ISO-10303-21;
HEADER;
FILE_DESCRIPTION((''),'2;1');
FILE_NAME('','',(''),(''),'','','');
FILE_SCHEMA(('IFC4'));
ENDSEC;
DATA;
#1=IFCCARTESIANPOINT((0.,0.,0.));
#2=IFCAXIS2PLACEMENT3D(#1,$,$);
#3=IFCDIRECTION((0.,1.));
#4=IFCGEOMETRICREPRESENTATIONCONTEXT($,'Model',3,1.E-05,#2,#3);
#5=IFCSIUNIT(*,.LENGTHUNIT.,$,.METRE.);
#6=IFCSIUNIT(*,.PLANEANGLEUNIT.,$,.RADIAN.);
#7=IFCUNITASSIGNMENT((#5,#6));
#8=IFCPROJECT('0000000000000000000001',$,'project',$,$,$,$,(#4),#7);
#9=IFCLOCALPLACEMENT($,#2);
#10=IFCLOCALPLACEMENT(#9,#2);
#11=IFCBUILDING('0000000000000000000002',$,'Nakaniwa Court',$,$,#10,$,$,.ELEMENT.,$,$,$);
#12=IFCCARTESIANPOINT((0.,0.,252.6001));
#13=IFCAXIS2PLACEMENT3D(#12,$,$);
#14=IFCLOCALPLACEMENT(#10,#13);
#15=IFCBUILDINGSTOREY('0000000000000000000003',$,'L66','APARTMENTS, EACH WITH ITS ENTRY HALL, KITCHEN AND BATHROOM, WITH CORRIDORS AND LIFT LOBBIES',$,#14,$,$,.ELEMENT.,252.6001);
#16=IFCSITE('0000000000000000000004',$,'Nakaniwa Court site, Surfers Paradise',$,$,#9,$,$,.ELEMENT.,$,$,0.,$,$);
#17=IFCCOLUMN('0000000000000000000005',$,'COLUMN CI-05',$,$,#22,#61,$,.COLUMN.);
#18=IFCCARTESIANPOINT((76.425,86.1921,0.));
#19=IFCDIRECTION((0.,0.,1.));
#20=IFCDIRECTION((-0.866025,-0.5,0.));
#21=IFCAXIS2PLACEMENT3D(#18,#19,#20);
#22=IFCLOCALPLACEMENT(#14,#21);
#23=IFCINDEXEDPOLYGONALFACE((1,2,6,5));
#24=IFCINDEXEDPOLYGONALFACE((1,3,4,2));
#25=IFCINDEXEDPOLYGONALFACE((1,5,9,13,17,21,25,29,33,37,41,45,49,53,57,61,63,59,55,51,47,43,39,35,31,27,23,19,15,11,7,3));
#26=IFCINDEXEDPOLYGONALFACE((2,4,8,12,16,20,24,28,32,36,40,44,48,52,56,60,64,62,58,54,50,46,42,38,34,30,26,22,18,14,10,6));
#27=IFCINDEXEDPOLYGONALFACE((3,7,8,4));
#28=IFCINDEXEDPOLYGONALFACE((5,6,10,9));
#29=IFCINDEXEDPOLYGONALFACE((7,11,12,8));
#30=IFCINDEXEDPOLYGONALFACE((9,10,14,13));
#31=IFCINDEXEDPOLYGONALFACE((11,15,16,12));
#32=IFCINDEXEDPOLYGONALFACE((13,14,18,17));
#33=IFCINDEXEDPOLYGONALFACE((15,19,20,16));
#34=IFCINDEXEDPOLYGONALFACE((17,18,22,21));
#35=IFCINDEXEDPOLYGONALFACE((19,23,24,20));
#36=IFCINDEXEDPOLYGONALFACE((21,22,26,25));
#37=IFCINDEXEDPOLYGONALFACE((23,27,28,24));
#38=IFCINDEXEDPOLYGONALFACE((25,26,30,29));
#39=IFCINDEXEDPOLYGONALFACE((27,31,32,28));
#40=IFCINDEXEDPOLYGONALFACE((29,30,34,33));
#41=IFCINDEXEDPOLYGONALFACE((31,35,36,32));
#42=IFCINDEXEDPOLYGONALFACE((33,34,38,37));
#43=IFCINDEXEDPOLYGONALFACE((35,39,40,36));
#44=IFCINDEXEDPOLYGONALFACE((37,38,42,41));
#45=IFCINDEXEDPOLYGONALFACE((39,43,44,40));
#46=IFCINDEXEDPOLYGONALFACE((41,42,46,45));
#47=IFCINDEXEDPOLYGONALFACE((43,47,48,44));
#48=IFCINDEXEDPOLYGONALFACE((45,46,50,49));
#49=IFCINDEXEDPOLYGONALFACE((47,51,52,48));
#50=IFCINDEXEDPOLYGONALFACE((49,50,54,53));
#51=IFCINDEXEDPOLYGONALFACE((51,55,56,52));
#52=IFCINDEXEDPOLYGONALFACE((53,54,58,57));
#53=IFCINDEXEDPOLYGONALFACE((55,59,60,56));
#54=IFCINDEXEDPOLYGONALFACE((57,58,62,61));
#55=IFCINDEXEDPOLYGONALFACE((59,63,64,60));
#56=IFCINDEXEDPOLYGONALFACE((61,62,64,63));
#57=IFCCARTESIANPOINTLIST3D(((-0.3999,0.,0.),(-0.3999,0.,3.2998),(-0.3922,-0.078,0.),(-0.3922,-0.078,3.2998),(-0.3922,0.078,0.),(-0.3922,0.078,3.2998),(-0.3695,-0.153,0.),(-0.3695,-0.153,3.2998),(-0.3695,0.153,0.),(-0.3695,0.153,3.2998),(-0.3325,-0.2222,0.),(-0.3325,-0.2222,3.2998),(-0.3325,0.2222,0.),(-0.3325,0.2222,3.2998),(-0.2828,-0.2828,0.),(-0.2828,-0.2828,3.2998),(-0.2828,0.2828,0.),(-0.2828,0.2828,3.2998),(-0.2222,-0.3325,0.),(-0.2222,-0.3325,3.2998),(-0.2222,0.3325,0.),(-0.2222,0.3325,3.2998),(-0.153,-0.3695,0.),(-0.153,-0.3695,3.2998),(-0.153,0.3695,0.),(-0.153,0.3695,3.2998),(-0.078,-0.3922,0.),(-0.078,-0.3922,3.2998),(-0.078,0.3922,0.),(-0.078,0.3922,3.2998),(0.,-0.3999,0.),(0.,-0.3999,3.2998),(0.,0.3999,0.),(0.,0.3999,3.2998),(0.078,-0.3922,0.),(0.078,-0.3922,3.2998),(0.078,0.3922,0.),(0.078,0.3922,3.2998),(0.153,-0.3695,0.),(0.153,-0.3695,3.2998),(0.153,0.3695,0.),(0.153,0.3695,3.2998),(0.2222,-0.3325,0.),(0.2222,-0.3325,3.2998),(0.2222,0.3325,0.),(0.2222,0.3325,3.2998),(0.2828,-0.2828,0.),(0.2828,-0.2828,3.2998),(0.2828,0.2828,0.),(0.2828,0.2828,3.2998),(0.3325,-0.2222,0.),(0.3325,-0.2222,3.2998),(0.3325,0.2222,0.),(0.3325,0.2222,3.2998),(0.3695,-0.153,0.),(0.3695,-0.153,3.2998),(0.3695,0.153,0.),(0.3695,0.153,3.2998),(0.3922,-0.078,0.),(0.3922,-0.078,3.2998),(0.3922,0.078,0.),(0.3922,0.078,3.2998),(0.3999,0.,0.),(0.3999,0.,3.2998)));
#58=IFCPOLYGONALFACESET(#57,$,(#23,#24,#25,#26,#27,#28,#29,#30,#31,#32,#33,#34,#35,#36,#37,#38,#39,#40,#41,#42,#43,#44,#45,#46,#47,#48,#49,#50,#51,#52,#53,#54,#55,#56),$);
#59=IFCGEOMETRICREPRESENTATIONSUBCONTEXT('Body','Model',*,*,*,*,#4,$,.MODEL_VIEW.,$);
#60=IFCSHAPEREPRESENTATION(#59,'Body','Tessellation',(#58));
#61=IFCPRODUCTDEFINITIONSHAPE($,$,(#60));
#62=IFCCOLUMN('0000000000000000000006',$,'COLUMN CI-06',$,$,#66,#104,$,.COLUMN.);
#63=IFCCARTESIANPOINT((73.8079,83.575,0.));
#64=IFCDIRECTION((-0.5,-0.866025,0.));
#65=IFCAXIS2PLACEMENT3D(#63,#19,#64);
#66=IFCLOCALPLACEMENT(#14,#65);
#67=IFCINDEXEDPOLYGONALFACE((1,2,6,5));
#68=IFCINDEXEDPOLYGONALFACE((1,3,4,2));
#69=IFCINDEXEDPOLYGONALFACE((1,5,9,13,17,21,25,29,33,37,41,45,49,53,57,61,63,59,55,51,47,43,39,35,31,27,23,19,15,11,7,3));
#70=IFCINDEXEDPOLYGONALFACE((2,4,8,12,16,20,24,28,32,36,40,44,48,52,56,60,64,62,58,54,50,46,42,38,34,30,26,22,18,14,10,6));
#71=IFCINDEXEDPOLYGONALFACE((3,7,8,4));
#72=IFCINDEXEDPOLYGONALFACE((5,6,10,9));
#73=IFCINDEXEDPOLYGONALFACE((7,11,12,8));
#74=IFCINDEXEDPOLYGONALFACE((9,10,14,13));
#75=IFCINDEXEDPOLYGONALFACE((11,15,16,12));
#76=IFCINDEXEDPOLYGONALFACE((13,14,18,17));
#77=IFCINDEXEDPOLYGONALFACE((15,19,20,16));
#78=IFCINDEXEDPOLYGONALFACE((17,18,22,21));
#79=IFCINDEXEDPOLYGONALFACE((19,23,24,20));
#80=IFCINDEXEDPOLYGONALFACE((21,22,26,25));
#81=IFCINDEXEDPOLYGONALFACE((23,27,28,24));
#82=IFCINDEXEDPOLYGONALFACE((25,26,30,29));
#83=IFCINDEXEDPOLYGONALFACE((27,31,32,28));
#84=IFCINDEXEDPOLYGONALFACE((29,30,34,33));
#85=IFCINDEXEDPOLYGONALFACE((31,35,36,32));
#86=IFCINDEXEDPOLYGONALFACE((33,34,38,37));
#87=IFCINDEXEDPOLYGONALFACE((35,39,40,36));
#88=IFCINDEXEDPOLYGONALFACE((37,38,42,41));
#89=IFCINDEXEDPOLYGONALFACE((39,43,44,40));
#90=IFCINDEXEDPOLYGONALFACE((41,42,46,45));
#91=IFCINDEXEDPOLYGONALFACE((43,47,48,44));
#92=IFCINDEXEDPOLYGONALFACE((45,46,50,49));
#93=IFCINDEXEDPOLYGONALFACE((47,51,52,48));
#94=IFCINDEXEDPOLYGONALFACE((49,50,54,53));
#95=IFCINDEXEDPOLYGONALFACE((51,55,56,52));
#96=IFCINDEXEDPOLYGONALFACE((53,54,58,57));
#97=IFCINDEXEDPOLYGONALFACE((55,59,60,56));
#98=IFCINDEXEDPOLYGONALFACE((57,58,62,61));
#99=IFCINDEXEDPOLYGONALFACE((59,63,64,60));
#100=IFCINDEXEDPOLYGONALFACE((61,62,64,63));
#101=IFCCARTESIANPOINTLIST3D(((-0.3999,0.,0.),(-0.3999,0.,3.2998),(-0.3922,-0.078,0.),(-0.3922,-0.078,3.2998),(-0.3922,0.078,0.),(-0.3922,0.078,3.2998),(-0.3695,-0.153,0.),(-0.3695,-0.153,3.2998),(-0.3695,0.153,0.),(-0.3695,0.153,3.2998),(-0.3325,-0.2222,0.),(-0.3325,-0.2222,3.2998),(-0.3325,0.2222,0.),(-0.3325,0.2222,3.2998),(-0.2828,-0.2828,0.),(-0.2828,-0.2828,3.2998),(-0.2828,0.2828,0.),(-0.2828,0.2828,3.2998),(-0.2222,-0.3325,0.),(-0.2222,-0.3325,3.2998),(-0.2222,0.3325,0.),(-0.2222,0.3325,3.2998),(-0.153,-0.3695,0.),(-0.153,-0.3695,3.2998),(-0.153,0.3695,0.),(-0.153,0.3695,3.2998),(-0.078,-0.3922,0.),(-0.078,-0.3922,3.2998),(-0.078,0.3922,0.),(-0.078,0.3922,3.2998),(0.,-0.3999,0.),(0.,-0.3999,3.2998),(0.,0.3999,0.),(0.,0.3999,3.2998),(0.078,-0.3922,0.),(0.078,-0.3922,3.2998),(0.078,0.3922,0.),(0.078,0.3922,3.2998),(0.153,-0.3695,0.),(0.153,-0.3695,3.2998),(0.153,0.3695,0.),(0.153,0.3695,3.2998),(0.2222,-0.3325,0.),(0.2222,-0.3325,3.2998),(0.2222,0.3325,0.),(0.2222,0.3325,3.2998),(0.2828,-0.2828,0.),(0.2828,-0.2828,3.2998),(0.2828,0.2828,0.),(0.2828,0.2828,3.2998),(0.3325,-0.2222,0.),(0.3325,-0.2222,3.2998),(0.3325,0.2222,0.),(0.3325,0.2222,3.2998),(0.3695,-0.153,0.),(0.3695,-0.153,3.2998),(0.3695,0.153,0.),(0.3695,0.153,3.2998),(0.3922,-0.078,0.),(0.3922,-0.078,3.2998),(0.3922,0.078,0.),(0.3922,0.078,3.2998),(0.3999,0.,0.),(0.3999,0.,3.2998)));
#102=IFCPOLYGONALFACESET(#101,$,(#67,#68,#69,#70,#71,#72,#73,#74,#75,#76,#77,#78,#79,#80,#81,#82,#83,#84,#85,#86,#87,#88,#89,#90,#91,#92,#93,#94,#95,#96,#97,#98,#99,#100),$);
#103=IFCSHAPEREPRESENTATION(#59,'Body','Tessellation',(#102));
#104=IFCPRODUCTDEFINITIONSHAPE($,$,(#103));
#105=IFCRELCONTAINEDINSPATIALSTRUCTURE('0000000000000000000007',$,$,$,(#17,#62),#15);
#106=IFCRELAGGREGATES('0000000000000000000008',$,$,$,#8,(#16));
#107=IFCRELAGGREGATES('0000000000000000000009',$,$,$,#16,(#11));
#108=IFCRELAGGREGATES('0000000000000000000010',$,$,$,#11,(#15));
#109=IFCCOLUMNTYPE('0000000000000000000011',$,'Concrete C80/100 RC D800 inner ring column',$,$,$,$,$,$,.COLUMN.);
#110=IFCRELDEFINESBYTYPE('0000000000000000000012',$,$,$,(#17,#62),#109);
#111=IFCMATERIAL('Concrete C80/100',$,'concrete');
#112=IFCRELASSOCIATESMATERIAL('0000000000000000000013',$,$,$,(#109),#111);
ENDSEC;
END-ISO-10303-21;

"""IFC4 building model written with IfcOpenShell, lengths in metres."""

from ifc_helpers import new_model, si_unit, direction, frame, origin, origin_2d, place, context, subcontext, project, spatial, circle, extrude, material, material_profile, profile_set, type_object, element, save


model = new_model("IFC4")

# Units and contexts
model_context = context("Model", 3, precision=1e-05, world=origin(), true_north=direction((0.0, 1.0)))
body_context = subcontext(model_context, "Body", "Model", "MODEL_VIEW")
ifc_project = project(units=[si_unit("LENGTHUNIT", "METRE"), si_unit("PLANEANGLEUNIT", "RADIAN")], contexts=[model_context])

# Site, building, storey
site_placement = place(None, origin())
site = spatial("IfcSite", under=ifc_project, at=site_placement, Name="Nakaniwa Court site, Surfers Paradise", CompositionType="ELEMENT", RefElevation=0.0)
building_placement = place(site_placement, origin())
building = spatial("IfcBuilding", under=site, at=building_placement, Name="Nakaniwa Court", CompositionType="ELEMENT")
storey_placement = place(building_placement, frame((0.0, 0.0, 252.6001)))
storey = spatial("IfcBuildingStorey", under=building, at=storey_placement, Name="L66", Description="APARTMENTS, EACH WITH ITS ENTRY HALL, KITCHEN AND BATHROOM, WITH CORRIDORS AND LIFT LOBBIES", CompositionType="ELEMENT", Elevation=252.6001)

# Columns
ifc_material_1 = material(Name="Concrete C80/100", Category="concrete")
ifc_material_profile_1 = material_profile(ifc_material_1, circle(Radius=0.3999, at=origin_2d()), Name="Concrete C80/100 RC D800 inner ring column")
ifc_profile_set_1 = profile_set([ifc_material_profile_1], Name="Concrete C80/100")
column_type_1 = type_object("IfcColumnType", Name="Concrete C80/100 RC D800 inner ring column", PredefinedType="COLUMN", material=ifc_profile_set_1)
for number, where, z_axis, x_axis, name in (
    (1, (76.425, 86.1921, 0.0), (0.0, 0.0, 1.0), (-0.866025, -0.5, 0.0), "COLUMN CI-05"),
    (2, (73.8079, 83.575, 0.0), (0.0, 0.0, 1.0), (-0.5, -0.866025, 0.0), "COLUMN CI-06"),
):
    element("IfcColumn", number, at=place(storey_placement, frame(where, z_axis=z_axis, x_axis=x_axis)), inside=storey, type_object=column_type_1, Name=name, PredefinedType="COLUMN", context=body_context, shape_type="SweptSolid", body=[
        extrude(circle(Radius=0.3999, at=origin_2d()), origin(), (0.0, 0.0, 1.0), 3.2998),
    ])

save(model, "model.ifc")
